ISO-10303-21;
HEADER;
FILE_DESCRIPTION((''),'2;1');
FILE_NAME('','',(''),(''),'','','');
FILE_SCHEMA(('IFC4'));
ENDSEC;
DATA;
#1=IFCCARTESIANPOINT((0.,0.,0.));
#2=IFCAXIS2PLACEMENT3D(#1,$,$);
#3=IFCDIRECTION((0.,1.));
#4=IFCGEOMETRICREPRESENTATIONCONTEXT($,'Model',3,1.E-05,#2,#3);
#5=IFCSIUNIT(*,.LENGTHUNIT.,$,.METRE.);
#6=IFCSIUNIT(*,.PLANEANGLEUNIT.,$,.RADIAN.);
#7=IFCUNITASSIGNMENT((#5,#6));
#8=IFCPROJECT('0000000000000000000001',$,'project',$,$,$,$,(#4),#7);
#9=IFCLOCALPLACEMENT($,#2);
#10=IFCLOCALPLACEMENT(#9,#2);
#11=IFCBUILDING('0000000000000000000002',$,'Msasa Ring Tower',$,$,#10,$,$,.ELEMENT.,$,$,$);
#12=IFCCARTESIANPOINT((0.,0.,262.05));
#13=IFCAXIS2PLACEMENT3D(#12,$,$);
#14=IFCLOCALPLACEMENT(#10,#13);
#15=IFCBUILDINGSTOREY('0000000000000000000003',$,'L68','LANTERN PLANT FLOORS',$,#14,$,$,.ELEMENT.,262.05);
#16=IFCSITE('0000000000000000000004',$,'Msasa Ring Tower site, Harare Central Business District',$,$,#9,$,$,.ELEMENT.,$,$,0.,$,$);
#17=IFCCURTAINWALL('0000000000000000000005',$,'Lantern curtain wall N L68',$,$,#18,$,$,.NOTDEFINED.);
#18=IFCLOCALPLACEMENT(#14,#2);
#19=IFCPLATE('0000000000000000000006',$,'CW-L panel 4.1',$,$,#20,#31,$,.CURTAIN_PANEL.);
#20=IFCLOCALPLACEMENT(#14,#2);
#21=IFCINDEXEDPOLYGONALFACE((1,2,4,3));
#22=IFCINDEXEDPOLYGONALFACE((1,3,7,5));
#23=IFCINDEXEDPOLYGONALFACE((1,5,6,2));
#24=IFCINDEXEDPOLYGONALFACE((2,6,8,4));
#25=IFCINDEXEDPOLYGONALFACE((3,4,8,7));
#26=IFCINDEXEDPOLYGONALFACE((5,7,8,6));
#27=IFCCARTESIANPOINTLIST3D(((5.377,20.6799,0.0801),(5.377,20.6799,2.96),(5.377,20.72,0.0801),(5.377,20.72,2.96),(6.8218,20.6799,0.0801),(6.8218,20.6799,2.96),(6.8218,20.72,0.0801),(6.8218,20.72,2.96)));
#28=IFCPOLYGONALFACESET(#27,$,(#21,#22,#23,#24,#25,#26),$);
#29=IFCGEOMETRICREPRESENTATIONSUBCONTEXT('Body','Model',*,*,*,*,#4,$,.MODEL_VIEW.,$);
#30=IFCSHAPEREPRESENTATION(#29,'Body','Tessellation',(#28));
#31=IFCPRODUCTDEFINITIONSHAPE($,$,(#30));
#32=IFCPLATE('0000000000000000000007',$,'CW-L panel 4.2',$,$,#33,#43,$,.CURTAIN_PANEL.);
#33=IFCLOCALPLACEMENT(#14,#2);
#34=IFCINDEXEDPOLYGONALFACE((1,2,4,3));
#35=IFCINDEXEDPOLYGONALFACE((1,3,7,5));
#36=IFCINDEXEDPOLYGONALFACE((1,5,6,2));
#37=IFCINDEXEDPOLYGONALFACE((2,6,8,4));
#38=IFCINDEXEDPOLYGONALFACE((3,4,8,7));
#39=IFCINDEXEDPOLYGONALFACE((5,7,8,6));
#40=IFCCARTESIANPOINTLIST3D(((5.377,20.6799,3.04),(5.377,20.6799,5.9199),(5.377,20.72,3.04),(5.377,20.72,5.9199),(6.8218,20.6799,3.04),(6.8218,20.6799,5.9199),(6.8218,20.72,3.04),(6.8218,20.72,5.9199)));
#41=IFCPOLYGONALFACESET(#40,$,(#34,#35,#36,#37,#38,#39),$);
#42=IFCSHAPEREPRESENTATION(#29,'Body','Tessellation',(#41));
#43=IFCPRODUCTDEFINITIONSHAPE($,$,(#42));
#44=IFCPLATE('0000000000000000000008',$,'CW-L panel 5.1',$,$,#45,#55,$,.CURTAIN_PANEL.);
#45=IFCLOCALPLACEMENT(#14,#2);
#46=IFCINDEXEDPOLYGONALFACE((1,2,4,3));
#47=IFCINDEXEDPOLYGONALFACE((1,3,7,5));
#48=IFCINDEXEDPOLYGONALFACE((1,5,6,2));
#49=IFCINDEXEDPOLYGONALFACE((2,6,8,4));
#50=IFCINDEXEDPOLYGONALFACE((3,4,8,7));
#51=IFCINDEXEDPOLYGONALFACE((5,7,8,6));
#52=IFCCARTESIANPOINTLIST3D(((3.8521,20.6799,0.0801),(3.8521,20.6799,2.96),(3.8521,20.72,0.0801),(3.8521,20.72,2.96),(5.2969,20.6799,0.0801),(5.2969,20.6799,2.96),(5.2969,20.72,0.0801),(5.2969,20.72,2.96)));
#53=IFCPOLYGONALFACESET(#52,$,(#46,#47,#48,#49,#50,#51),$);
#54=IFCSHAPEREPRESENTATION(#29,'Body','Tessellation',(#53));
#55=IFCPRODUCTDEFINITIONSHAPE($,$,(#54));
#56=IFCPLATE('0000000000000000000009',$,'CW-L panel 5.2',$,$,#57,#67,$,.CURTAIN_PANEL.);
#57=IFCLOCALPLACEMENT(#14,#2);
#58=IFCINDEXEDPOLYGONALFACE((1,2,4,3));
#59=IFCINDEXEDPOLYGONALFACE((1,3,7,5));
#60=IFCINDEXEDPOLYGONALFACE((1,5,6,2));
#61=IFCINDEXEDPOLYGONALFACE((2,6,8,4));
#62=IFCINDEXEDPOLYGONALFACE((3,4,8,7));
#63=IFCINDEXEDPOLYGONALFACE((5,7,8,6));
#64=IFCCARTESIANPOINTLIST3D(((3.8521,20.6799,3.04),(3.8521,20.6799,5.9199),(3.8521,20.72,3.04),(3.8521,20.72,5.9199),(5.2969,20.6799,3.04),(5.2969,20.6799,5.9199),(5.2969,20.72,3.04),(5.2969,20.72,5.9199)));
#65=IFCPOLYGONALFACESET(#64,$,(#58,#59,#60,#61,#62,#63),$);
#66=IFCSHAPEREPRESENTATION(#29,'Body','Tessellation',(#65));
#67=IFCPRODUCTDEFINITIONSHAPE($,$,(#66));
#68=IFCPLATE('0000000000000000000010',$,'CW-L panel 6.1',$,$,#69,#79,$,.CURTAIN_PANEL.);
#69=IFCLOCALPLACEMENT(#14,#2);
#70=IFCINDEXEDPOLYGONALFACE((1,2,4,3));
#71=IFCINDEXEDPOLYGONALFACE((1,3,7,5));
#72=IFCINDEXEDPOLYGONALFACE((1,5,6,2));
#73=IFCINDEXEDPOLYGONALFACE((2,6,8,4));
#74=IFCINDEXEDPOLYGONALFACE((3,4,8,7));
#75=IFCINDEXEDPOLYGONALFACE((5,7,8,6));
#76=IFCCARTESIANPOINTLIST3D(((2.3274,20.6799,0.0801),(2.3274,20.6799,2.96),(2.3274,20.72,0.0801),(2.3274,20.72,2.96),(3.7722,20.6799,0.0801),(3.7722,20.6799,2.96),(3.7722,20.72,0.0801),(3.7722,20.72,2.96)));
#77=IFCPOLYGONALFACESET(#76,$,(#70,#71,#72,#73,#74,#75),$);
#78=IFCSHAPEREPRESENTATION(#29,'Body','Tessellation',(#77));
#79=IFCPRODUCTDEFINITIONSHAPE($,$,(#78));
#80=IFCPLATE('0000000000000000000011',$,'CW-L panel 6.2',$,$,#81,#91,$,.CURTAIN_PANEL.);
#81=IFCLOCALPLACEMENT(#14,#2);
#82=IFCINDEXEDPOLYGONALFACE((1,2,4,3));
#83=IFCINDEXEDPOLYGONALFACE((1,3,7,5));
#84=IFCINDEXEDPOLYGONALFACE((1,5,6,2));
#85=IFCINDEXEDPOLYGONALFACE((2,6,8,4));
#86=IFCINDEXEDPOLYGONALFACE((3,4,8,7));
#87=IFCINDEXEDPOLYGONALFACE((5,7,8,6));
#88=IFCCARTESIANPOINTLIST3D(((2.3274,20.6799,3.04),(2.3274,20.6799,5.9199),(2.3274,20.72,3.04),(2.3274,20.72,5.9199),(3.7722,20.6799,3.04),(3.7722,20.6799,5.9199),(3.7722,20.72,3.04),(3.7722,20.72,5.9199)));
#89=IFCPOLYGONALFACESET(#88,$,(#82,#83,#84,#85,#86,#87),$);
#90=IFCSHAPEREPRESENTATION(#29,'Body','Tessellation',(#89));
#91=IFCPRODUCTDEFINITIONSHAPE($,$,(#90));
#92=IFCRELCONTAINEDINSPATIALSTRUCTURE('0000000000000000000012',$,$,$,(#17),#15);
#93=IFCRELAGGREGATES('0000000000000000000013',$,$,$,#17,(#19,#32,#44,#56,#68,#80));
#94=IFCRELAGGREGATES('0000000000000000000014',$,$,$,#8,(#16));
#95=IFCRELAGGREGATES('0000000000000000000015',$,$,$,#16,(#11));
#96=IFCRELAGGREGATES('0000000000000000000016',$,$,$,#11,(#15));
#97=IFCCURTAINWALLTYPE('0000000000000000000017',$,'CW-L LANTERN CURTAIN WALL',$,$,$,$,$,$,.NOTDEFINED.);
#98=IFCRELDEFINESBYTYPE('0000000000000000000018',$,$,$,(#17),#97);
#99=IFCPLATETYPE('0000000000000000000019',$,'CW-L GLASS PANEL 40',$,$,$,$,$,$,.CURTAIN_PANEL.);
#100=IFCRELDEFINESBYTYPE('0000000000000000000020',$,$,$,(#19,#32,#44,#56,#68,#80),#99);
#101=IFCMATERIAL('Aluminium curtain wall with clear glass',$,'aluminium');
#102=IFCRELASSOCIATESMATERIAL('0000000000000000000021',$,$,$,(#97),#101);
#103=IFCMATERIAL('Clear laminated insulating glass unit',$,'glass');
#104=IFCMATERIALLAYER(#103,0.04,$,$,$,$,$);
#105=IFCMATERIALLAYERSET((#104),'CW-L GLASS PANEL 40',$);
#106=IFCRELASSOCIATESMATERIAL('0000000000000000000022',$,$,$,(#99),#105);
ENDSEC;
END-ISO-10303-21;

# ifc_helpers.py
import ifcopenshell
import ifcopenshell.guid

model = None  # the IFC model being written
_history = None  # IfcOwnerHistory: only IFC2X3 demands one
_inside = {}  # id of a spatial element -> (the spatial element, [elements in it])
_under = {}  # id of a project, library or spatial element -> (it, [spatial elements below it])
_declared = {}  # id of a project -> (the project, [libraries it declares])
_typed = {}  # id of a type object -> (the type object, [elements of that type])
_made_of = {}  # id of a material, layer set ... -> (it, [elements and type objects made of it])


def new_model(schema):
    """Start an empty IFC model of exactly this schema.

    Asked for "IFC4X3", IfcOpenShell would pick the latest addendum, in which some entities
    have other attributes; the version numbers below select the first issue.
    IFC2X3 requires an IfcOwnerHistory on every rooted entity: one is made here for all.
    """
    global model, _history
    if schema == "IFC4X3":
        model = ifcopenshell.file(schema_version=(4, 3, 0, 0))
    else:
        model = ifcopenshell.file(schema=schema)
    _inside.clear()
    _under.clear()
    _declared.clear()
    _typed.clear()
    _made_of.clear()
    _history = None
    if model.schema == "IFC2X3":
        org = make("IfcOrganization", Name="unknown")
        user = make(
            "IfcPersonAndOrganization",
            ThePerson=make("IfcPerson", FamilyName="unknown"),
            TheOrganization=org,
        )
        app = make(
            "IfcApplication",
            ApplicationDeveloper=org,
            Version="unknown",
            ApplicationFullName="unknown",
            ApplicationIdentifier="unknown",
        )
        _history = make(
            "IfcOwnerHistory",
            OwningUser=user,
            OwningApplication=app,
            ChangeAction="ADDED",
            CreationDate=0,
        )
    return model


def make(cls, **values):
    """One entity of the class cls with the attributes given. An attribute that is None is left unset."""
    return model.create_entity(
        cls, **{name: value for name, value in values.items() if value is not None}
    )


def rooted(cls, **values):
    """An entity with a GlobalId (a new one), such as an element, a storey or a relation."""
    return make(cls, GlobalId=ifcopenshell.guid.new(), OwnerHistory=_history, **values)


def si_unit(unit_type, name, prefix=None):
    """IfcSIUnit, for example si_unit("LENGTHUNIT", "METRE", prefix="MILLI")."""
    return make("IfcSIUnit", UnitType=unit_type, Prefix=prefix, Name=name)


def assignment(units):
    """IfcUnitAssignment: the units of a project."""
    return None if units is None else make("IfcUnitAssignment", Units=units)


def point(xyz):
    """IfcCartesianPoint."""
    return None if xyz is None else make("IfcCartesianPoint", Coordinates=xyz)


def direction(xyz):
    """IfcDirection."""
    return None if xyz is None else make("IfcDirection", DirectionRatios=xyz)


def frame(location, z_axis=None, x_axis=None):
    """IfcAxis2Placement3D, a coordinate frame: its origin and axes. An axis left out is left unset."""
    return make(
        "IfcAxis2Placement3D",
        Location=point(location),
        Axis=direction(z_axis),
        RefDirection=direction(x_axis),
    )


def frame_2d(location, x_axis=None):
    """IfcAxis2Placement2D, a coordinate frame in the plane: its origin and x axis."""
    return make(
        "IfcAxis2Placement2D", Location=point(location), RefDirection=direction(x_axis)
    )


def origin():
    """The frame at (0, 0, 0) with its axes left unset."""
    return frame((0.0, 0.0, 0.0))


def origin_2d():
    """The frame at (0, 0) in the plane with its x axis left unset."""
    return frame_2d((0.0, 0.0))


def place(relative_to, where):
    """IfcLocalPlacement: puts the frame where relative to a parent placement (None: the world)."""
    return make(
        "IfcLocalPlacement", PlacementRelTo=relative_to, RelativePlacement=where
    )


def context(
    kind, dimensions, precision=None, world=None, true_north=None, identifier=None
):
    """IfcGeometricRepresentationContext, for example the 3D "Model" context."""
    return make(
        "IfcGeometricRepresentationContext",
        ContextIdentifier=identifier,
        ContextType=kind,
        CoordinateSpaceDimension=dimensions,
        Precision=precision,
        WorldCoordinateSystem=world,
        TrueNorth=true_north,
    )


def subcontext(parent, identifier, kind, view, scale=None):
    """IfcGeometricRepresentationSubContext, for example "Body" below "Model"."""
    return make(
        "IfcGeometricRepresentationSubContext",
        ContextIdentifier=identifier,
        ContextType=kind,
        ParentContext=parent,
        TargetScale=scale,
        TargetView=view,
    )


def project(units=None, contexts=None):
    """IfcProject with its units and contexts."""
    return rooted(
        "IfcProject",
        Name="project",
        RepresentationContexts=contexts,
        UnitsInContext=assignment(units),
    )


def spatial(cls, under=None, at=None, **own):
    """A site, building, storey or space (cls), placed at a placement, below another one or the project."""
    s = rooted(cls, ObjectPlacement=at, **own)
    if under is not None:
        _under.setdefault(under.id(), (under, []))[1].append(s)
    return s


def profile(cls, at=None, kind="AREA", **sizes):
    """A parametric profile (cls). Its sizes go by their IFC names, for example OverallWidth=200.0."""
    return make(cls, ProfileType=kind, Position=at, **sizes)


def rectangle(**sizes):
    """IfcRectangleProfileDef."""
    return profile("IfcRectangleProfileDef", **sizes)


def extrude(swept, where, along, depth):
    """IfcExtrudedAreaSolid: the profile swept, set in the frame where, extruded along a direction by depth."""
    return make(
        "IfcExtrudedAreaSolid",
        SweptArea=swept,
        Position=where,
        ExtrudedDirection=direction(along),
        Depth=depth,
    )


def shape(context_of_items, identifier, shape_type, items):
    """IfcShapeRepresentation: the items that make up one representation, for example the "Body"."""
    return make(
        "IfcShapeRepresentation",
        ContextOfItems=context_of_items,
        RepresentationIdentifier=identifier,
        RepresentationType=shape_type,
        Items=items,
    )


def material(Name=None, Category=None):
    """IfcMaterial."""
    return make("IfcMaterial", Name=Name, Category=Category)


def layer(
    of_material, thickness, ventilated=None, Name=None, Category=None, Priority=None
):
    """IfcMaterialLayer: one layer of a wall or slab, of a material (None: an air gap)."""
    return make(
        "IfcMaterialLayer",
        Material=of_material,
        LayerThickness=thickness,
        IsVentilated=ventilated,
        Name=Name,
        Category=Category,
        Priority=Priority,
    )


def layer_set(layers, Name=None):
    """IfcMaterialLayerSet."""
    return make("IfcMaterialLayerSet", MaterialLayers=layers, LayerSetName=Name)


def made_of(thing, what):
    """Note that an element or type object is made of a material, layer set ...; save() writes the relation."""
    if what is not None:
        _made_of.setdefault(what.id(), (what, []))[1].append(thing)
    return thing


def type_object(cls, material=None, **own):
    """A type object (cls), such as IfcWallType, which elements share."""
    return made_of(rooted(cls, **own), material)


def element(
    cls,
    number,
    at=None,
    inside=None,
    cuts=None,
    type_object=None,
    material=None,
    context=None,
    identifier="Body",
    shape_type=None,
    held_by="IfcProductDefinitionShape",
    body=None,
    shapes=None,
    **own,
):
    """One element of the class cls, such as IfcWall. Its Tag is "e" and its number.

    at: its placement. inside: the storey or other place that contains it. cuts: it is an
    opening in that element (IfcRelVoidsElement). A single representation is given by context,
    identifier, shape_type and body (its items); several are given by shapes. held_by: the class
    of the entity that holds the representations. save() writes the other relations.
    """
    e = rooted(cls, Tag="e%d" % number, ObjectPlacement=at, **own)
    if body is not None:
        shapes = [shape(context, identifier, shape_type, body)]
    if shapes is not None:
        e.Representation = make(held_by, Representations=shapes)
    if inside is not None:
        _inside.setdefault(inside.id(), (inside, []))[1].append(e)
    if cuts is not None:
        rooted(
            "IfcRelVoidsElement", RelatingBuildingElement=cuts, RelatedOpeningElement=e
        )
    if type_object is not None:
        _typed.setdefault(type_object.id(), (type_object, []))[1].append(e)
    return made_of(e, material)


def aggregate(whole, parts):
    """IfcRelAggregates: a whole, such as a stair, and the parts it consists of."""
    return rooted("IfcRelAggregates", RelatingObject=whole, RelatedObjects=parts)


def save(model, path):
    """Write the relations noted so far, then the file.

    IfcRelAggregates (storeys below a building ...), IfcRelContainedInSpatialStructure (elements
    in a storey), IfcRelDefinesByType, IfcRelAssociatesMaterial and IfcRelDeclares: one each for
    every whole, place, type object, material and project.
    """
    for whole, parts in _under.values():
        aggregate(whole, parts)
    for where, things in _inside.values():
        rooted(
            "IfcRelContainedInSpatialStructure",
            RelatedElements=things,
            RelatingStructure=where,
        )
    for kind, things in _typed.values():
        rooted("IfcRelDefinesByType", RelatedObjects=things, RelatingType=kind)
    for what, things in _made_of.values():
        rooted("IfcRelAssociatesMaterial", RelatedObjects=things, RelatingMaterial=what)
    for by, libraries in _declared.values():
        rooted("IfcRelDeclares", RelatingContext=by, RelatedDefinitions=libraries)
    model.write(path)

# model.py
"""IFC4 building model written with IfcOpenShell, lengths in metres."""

from ifc_helpers import new_model, si_unit, direction, frame, origin, origin_2d, place, context, subcontext, project, spatial, rectangle, extrude, material, layer, layer_set, type_object, element, aggregate, save


model = new_model("IFC4")

# Units and contexts
model_context = context("Model", 3, precision=1e-05, world=origin(), true_north=direction((0.0, 1.0)))
body_context = subcontext(model_context, "Body", "Model", "MODEL_VIEW")
ifc_project = project(units=[si_unit("LENGTHUNIT", "METRE"), si_unit("PLANEANGLEUNIT", "RADIAN")], contexts=[model_context])

# Site, building, storey
site_placement = place(None, origin())
site = spatial("IfcSite", under=ifc_project, at=site_placement, Name="Msasa Ring Tower site, Harare Central Business District", CompositionType="ELEMENT", RefElevation=0.0)
building_placement = place(site_placement, origin())
building = spatial("IfcBuilding", under=site, at=building_placement, Name="Msasa Ring Tower", CompositionType="ELEMENT")
storey_placement = place(building_placement, frame((0.0, 0.0, 262.05)))
storey = spatial("IfcBuildingStorey", under=building, at=storey_placement, Name="L68", Description="LANTERN PLANT FLOORS", CompositionType="ELEMENT", Elevation=262.05)

# Curtain wall, plates
ifc_material_1 = material(Name="Aluminium curtain wall with clear glass", Category="aluminium")
curtain_wall_type = type_object("IfcCurtainWallType", Name="CW-L LANTERN CURTAIN WALL", PredefinedType="NOTDEFINED", material=ifc_material_1)
curtain_wall_placement = place(storey_placement, origin())
curtain_wall = element("IfcCurtainWall", 1, at=curtain_wall_placement, inside=storey, type_object=curtain_wall_type, Name="Lantern curtain wall N L68", PredefinedType="NOTDEFINED")
ifc_material_2 = material(Name="Clear laminated insulating glass unit", Category="glass")
ifc_layer = layer(ifc_material_2, 0.04)
ifc_layer_set = layer_set([ifc_layer], Name="CW-L GLASS PANEL 40")
plate_type = type_object("IfcPlateType", Name="CW-L GLASS PANEL 40", PredefinedType="CURTAIN_PANEL", material=ifc_layer_set)
plate_1_placement = place(storey_placement, frame((6.0994, 20.7, 0.0801), z_axis=(0.0, 0.0, 1.0), x_axis=(-1.0, 0.0, 0.0)))
plate_1 = element("IfcPlate", 2, at=plate_1_placement, type_object=plate_type, Name="CW-L panel 4.1", PredefinedType="CURTAIN_PANEL", context=body_context, shape_type="SweptSolid", body=[
    extrude(rectangle(XDim=1.4448, YDim=0.04, at=origin_2d()), origin(), (0.0, 0.0, 1.0), 2.8799),
])
plate_2_placement = place(storey_placement, frame((6.0994, 20.7, 3.04), z_axis=(0.0, 0.0, 1.0), x_axis=(-1.0, 0.0, 0.0)))
plate_2 = element("IfcPlate", 3, at=plate_2_placement, type_object=plate_type, Name="CW-L panel 4.2", PredefinedType="CURTAIN_PANEL", context=body_context, shape_type="SweptSolid", body=[
    extrude(rectangle(XDim=1.4448, YDim=0.04, at=origin_2d()), origin(), (0.0, 0.0, 1.0), 2.8799),
])
plate_3_placement = place(storey_placement, frame((4.5745, 20.7, 0.0801), z_axis=(0.0, 0.0, 1.0), x_axis=(-1.0, 0.0, 0.0)))
plate_3 = element("IfcPlate", 4, at=plate_3_placement, type_object=plate_type, Name="CW-L panel 5.1", PredefinedType="CURTAIN_PANEL", context=body_context, shape_type="SweptSolid", body=[
    extrude(rectangle(XDim=1.4448, YDim=0.04, at=origin_2d()), origin(), (0.0, 0.0, 1.0), 2.8799),
])
plate_4_placement = place(storey_placement, frame((4.5745, 20.7, 3.04), z_axis=(0.0, 0.0, 1.0), x_axis=(-1.0, 0.0, 0.0)))
plate_4 = element("IfcPlate", 5, at=plate_4_placement, type_object=plate_type, Name="CW-L panel 5.2", PredefinedType="CURTAIN_PANEL", context=body_context, shape_type="SweptSolid", body=[
    extrude(rectangle(XDim=1.4448, YDim=0.04, at=origin_2d()), origin(), (0.0, 0.0, 1.0), 2.8799),
])
plate_5_placement = place(storey_placement, frame((3.0498, 20.7, 0.0801), z_axis=(0.0, 0.0, 1.0), x_axis=(-1.0, 0.0, 0.0)))
plate_5 = element("IfcPlate", 6, at=plate_5_placement, type_object=plate_type, Name="CW-L panel 6.1", PredefinedType="CURTAIN_PANEL", context=body_context, shape_type="SweptSolid", body=[
    extrude(rectangle(XDim=1.4448, YDim=0.04, at=origin_2d()), origin(), (0.0, 0.0, 1.0), 2.8799),
])
plate_6_placement = place(storey_placement, frame((3.0498, 20.7, 3.04), z_axis=(0.0, 0.0, 1.0), x_axis=(-1.0, 0.0, 0.0)))
plate_6 = element("IfcPlate", 7, at=plate_6_placement, type_object=plate_type, Name="CW-L panel 6.2", PredefinedType="CURTAIN_PANEL", context=body_context, shape_type="SweptSolid", body=[
    extrude(rectangle(XDim=1.4448, YDim=0.04, at=origin_2d()), origin(), (0.0, 0.0, 1.0), 2.8799),
])
aggregate(curtain_wall, [plate_1, plate_2, plate_3, plate_4, plate_5, plate_6])

save(model, "model.ifc")
